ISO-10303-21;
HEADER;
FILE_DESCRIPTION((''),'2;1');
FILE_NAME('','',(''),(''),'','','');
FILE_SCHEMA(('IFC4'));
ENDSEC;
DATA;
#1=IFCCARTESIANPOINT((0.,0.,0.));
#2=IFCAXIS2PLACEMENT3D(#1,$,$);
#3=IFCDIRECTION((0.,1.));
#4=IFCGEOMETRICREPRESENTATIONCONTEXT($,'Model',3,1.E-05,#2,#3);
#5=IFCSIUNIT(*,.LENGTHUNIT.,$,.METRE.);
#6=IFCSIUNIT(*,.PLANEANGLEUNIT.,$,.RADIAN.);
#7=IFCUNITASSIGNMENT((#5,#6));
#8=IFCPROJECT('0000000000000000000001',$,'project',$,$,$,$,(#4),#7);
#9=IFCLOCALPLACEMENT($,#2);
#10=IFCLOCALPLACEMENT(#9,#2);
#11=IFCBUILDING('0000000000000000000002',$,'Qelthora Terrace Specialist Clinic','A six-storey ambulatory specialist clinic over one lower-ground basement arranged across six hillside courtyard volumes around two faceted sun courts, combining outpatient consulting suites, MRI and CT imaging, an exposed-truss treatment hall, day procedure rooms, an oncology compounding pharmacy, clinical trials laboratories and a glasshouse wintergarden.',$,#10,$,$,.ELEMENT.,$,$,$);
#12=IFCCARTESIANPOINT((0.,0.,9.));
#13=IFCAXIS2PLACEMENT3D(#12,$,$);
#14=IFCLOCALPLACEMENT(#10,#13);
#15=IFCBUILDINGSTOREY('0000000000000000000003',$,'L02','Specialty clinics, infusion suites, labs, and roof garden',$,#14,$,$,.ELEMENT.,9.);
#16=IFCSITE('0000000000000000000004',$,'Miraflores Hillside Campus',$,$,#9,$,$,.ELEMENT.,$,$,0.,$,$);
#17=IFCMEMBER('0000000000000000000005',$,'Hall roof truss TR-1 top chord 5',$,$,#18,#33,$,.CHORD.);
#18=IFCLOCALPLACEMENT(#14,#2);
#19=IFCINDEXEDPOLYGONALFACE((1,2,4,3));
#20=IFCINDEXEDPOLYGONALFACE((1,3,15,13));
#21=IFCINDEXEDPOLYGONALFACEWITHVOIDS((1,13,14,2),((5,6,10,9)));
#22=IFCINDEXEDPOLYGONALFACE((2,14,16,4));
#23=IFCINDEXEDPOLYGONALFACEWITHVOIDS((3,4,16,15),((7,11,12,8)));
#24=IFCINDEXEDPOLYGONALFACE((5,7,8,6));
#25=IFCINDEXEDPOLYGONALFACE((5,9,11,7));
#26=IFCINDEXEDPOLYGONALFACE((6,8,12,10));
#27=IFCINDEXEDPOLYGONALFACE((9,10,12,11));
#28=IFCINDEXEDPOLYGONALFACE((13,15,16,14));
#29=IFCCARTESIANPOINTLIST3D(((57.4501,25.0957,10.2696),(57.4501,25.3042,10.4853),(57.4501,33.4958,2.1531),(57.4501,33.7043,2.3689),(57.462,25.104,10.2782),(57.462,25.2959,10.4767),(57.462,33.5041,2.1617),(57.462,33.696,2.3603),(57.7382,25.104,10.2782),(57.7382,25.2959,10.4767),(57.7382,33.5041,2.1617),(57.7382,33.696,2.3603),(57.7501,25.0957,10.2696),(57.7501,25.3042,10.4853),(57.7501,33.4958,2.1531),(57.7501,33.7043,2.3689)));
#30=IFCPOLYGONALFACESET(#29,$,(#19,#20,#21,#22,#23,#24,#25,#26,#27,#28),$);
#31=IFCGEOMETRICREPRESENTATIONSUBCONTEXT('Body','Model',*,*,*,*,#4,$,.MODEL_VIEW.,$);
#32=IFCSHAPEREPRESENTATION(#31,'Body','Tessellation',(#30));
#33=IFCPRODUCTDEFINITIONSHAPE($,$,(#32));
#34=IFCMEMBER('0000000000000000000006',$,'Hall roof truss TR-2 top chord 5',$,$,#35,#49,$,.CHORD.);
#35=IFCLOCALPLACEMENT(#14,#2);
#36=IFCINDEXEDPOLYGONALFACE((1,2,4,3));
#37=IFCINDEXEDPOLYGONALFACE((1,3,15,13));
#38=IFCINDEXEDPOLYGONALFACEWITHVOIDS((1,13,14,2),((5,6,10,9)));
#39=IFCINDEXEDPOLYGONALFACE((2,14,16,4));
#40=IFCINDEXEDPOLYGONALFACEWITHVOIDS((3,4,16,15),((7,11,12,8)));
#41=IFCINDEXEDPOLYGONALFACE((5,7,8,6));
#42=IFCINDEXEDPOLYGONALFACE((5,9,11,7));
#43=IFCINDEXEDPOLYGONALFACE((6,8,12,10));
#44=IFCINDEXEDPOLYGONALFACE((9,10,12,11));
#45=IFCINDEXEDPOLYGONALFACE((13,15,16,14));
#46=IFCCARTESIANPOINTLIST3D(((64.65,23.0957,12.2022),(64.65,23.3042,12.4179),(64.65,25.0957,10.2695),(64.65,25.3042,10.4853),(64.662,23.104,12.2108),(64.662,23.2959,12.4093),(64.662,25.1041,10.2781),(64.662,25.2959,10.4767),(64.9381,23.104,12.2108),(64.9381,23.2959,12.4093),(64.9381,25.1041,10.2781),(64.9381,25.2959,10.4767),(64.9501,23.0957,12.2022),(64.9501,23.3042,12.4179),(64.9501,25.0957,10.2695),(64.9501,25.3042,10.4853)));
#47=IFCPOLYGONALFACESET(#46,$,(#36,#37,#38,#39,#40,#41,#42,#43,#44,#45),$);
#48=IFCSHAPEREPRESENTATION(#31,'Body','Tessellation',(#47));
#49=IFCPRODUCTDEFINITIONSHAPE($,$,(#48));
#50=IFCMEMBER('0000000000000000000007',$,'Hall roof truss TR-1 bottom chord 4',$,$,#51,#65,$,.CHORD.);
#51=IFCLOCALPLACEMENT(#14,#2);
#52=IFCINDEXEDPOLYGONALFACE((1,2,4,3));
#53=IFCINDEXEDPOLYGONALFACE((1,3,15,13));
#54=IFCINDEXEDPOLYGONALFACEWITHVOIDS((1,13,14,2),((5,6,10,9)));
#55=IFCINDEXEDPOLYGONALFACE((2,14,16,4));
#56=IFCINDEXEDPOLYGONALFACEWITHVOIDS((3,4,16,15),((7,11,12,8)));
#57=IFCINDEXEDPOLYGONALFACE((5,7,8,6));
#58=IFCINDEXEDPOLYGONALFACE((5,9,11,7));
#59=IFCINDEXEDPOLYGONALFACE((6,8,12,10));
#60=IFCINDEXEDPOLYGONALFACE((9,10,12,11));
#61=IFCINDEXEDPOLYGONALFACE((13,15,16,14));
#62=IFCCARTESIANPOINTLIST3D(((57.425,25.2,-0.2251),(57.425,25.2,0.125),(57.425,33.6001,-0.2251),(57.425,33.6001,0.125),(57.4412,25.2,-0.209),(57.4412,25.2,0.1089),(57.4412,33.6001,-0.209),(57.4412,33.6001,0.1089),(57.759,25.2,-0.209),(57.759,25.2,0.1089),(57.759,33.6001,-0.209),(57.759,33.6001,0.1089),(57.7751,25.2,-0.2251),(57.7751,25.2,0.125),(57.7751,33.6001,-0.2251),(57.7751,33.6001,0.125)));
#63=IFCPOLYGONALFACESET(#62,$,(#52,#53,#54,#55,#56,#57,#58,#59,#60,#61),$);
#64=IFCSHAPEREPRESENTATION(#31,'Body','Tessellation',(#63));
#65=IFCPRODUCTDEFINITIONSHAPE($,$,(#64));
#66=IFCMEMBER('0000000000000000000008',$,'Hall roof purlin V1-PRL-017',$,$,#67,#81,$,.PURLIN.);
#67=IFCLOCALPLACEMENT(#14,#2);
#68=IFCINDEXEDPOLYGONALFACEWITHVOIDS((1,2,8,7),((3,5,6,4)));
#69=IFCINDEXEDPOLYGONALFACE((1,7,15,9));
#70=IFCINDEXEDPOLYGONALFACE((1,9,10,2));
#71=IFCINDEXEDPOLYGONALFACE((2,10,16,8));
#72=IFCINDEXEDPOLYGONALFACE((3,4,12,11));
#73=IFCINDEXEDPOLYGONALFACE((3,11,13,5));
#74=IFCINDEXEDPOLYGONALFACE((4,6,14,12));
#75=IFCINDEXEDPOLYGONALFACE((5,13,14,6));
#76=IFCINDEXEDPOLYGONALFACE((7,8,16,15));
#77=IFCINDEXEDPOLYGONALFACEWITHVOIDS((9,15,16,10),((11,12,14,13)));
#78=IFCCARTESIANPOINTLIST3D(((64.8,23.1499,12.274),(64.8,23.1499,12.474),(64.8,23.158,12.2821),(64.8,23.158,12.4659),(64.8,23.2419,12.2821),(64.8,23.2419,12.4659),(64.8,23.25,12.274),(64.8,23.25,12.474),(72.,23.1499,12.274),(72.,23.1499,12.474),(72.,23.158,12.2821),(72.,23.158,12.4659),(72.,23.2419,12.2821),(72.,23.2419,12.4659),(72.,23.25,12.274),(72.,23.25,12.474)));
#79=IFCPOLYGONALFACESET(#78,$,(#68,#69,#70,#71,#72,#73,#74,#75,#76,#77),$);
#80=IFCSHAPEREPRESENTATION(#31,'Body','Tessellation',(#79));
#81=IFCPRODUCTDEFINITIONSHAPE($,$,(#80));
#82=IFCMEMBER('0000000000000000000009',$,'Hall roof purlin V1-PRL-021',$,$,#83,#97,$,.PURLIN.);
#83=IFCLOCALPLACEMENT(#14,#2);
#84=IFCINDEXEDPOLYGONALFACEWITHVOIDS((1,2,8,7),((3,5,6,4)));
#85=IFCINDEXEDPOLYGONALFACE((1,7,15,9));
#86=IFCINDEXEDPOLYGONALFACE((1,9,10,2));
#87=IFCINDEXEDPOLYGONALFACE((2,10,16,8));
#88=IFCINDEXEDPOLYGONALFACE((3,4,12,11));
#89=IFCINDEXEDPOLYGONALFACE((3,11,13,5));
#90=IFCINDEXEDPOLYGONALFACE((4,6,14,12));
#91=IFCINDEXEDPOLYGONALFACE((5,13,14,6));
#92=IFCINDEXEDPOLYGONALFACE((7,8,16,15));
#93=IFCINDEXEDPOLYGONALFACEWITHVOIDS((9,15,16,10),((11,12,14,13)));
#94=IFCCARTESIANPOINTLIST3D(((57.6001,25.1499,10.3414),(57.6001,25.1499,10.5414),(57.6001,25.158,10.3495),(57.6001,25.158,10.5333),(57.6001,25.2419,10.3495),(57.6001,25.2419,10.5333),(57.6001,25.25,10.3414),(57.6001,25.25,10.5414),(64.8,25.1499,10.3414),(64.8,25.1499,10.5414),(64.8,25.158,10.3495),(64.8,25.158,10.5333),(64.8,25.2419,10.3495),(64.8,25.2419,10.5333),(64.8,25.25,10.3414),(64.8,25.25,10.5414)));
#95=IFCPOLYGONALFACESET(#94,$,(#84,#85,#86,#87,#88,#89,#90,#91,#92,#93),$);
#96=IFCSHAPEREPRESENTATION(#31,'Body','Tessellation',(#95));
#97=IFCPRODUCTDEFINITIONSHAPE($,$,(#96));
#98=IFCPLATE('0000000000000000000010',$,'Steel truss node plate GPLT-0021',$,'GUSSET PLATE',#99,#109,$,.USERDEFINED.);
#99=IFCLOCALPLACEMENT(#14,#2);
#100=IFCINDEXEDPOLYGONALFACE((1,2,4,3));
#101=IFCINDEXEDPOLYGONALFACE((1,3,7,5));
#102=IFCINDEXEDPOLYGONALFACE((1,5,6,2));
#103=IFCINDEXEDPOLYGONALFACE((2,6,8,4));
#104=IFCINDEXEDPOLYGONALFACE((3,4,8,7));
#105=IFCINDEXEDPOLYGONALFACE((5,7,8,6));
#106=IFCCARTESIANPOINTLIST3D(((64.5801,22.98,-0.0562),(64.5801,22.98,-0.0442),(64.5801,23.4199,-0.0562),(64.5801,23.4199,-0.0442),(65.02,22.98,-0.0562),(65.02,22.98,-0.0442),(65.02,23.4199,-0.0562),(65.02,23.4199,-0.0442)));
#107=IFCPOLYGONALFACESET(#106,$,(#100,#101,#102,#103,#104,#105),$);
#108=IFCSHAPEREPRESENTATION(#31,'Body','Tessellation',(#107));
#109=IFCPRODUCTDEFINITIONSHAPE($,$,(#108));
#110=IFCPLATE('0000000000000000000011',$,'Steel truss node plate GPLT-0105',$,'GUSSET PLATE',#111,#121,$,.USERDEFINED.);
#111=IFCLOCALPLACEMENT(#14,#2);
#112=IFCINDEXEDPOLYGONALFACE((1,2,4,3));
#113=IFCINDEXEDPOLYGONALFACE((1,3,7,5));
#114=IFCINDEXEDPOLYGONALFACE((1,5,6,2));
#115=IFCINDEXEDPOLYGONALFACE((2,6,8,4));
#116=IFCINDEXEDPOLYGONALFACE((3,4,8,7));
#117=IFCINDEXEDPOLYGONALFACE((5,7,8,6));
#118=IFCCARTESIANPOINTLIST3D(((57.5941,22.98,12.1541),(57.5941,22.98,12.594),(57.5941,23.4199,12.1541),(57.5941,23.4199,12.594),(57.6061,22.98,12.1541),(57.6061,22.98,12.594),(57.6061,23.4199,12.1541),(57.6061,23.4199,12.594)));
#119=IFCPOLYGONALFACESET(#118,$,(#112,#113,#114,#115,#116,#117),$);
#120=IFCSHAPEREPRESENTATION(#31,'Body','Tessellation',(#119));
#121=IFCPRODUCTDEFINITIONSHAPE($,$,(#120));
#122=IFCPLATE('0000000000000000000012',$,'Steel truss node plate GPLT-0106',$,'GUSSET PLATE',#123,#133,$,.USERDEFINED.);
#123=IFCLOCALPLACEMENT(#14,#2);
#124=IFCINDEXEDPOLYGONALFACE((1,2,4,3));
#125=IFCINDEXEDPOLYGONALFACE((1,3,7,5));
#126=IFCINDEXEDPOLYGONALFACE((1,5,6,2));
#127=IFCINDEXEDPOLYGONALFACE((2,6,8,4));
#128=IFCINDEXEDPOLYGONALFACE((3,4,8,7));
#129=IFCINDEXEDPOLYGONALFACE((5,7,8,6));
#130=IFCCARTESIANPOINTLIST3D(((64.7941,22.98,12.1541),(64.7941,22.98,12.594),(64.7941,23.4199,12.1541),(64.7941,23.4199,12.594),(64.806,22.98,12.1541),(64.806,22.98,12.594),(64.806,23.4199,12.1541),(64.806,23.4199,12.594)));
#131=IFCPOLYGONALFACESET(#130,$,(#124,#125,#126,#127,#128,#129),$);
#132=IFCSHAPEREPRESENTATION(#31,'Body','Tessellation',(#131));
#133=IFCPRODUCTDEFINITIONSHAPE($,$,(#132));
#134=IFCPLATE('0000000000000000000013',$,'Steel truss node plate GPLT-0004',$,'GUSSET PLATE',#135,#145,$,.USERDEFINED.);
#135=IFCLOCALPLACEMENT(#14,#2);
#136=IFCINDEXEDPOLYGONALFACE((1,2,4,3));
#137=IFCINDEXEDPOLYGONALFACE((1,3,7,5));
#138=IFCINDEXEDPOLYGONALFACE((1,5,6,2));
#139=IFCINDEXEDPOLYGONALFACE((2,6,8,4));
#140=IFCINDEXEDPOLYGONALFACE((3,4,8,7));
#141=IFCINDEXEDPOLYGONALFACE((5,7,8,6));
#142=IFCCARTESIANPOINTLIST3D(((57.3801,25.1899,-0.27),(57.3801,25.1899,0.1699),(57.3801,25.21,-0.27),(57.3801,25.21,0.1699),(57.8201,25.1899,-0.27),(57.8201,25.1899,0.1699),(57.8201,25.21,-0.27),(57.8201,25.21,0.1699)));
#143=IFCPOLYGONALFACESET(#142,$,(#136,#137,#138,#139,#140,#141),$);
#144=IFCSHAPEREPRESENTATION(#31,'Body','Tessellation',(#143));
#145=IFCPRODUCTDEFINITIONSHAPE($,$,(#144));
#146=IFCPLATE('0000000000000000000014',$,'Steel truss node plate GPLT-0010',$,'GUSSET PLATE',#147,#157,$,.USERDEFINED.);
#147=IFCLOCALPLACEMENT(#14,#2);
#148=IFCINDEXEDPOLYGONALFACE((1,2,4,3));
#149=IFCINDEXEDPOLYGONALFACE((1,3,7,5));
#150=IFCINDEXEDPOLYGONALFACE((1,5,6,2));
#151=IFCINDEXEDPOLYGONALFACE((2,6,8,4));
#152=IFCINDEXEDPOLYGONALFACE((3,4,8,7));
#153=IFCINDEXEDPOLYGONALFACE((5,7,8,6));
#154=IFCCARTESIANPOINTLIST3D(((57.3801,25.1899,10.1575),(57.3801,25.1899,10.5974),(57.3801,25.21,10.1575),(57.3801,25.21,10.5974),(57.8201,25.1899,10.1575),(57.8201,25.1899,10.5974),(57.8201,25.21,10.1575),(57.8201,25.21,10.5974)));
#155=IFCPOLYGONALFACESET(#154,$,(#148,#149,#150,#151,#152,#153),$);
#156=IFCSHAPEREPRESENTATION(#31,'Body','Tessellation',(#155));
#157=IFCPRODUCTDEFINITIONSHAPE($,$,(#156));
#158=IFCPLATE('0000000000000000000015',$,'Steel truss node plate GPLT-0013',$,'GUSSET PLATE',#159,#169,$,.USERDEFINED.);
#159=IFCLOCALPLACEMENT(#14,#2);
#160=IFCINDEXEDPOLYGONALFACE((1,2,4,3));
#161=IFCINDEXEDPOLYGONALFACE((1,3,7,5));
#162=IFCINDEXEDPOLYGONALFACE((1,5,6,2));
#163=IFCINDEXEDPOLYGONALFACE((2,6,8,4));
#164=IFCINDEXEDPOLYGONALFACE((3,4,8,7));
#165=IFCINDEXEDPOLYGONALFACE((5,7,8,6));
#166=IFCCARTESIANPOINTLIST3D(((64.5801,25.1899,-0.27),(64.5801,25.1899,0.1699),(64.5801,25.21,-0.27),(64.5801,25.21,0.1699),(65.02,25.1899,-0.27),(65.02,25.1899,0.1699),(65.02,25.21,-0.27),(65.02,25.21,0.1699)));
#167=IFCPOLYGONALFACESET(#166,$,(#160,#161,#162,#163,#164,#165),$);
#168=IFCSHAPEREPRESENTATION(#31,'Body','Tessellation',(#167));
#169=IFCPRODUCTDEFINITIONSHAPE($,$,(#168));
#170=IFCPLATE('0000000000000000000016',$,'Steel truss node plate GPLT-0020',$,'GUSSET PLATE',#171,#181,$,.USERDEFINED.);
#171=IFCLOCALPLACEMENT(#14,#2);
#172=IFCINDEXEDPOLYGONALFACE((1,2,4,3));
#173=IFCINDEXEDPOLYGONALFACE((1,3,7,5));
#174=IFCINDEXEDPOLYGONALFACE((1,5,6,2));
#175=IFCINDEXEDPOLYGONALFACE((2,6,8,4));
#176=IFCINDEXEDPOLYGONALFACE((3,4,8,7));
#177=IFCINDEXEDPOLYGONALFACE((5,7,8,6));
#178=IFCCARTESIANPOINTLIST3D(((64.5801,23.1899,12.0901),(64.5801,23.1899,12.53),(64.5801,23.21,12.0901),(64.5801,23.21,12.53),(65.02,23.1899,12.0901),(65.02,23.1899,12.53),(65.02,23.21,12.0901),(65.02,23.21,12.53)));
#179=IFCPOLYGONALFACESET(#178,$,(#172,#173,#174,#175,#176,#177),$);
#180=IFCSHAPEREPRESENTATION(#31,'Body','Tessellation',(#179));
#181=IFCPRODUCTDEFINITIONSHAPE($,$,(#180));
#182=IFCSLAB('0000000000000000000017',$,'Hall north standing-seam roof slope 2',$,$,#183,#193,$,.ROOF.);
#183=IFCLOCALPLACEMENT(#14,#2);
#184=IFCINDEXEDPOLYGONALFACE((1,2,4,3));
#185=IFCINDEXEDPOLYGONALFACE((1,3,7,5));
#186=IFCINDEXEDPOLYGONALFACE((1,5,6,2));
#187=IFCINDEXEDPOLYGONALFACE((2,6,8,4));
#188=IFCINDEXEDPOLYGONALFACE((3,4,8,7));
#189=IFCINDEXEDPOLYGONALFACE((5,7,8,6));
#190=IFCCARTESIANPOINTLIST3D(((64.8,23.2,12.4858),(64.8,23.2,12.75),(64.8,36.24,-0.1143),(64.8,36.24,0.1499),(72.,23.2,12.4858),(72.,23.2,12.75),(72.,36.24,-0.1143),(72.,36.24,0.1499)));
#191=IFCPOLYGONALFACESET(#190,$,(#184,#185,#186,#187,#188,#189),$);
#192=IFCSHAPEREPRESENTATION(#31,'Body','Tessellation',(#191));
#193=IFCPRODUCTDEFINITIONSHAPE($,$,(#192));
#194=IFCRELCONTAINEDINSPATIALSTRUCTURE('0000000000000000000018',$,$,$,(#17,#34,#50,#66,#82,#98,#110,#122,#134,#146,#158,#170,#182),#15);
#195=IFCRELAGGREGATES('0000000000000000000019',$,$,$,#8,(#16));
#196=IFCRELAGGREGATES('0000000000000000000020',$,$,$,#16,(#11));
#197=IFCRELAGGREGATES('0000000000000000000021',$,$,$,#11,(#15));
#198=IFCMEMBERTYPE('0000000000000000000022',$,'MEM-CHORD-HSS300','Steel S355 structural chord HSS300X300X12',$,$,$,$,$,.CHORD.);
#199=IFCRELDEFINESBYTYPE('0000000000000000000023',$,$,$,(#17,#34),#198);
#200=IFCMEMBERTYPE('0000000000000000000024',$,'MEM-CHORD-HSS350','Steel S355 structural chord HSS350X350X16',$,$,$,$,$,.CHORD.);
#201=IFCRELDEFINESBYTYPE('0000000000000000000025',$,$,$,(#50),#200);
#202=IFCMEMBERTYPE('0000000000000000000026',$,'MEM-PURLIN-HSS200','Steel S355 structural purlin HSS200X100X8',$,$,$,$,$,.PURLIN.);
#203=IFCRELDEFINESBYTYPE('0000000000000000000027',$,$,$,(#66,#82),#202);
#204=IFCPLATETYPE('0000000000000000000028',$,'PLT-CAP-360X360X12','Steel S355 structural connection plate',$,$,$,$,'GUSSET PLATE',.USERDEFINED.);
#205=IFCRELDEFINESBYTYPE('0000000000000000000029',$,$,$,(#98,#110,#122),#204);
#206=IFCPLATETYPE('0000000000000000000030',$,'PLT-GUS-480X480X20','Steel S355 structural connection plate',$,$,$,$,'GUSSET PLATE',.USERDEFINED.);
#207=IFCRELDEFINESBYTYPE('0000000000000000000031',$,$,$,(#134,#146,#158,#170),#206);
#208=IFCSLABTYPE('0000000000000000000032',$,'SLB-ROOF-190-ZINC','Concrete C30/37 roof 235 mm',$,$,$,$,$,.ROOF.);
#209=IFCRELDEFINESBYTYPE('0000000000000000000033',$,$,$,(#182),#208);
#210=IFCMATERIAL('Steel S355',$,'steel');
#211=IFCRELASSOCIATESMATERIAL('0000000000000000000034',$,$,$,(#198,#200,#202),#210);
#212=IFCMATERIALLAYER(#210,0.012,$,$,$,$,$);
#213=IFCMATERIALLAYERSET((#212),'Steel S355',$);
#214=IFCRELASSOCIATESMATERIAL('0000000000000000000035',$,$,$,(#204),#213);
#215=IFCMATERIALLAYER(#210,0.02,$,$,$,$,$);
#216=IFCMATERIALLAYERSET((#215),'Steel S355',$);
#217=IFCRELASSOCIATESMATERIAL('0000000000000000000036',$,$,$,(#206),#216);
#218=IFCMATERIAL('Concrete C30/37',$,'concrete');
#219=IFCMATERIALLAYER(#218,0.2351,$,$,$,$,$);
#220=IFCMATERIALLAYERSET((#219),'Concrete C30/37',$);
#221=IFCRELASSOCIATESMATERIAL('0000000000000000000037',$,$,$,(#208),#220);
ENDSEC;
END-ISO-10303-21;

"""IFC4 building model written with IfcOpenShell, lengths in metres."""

from ifc_helpers import new_model, si_unit, direction, frame, origin, origin_2d, place, context, subcontext, project, spatial, polyline, rectangle, hollow_rectangle, outline, extrude, material, layer, layer_set, material_profile, profile_set, type_object, element, save


model = new_model("IFC4")

# Units and contexts
model_context = context("Model", 3, precision=1e-05, world=origin(), true_north=direction((0.0, 1.0)))
body_context = subcontext(model_context, "Body", "Model", "MODEL_VIEW")
ifc_project = project(units=[si_unit("LENGTHUNIT", "METRE"), si_unit("PLANEANGLEUNIT", "RADIAN")], contexts=[model_context])

# Site, building, storey
site_placement = place(None, origin())
site = spatial("IfcSite", under=ifc_project, at=site_placement, Name="Miraflores Hillside Campus", CompositionType="ELEMENT", RefElevation=0.0)
building_placement = place(site_placement, origin())
building = spatial("IfcBuilding", under=site, at=building_placement, Name="Qelthora Terrace Specialist Clinic", Description="A six-storey ambulatory specialist clinic over one lower-ground basement arranged across six hillside courtyard volumes around two faceted sun courts, combining outpatient consulting suites, MRI and CT imaging, an exposed-truss treatment hall, day procedure rooms, an oncology compounding pharmacy, clinical trials laboratories and a glasshouse wintergarden.", CompositionType="ELEMENT")
storey_placement = place(building_placement, frame((0.0, 0.0, 9.0)))
storey = spatial("IfcBuildingStorey", under=building, at=storey_placement, Name="L02", Description="Specialty clinics, infusion suites, labs, and roof garden", CompositionType="ELEMENT", Elevation=9.0)

# Shared definitions
ifc_material_1 = material(Name="Steel S355", Category="steel")

# Members
ifc_material_profile_1 = material_profile(ifc_material_1, hollow_rectangle(XDim=0.3, YDim=0.3, WallThickness=0.012, at=origin_2d()), Name="HSS300X300X12")
ifc_profile_set_1 = profile_set([ifc_material_profile_1], Name="Steel S355")
member_type_1 = type_object("IfcMemberType", Name="MEM-CHORD-HSS300", Description="Steel S355 structural chord HSS300X300X12", PredefinedType="CHORD", material=ifc_profile_set_1)
member_1_placement = place(storey_placement, frame((57.6001, 25.2, 10.3774), z_axis=(0.0, 0.719146, -0.694859), x_axis=(-1.0, 0.0, 0.0)))
element("IfcMember", 1, at=member_1_placement, inside=storey, type_object=member_type_1, Name="Hall roof truss TR-1 top chord 5", PredefinedType="CHORD", context=body_context, shape_type="SweptSolid", body=[
    extrude(hollow_rectangle(XDim=0.3, YDim=0.3, WallThickness=0.012, at=origin_2d()), origin(), (0.0, 0.0, 1.0), 11.6807),
])
member_2_placement = place(storey_placement, frame((64.8, 23.2, 12.3101), z_axis=(0.0, 0.719117, -0.694889), x_axis=(-1.0, 0.0, 0.0)))
element("IfcMember", 2, at=member_2_placement, inside=storey, type_object=member_type_1, Name="Hall roof truss TR-2 top chord 5", PredefinedType="CHORD", context=body_context, shape_type="SweptSolid", body=[
    extrude(hollow_rectangle(XDim=0.3, YDim=0.3, WallThickness=0.012, at=origin_2d()), origin(), (0.0, 0.0, 1.0), 2.7812),
])
ifc_material_profile_2 = material_profile(ifc_material_1, hollow_rectangle(XDim=0.3501, YDim=0.3501, WallThickness=0.0161, at=origin_2d()), Name="HSS350X350X16")
ifc_profile_set_2 = profile_set([ifc_material_profile_2], Name="Steel S355")
member_type_2 = type_object("IfcMemberType", Name="MEM-CHORD-HSS350", Description="Steel S355 structural chord HSS350X350X16", PredefinedType="CHORD", material=ifc_profile_set_2)
member_3_placement = place(storey_placement, frame((57.6001, 25.2, -0.05), z_axis=(0.0, 1.0, 0.0), x_axis=(-1.0, 0.0, 0.0)))
element("IfcMember", 3, at=member_3_placement, inside=storey, type_object=member_type_2, Name="Hall roof truss TR-1 bottom chord 4", PredefinedType="CHORD", context=body_context, shape_type="SweptSolid", body=[
    extrude(hollow_rectangle(XDim=0.3501, YDim=0.3501, WallThickness=0.0161, at=origin_2d()), origin(), (0.0, 0.0, 1.0), 8.4001),
])
ifc_material_profile_3 = material_profile(ifc_material_1, hollow_rectangle(XDim=0.1001, YDim=0.2, WallThickness=0.0081, at=origin_2d()), Name="HSS200X100X8")
ifc_profile_set_3 = profile_set([ifc_material_profile_3], Name="Steel S355")
member_type_3 = type_object("IfcMemberType", Name="MEM-PURLIN-HSS200", Description="Steel S355 structural purlin HSS200X100X8", PredefinedType="PURLIN", material=ifc_profile_set_3)
for number, where, z_axis, x_axis, name in (
    (4, (64.8, 23.2, 12.374), (1.0, 0.0, 0.0), (0.0, 1.0, 0.0), "Hall roof purlin V1-PRL-017"),
    (5, (57.6001, 25.2, 10.4414), (1.0, 0.0, 0.0), (0.0, 1.0, 0.0), "Hall roof purlin V1-PRL-021"),
):
    element("IfcMember", number, at=place(storey_placement, frame(where, z_axis=z_axis, x_axis=x_axis)), inside=storey, type_object=member_type_3, Name=name, PredefinedType="PURLIN", context=body_context, shape_type="SweptSolid", body=[
        extrude(hollow_rectangle(XDim=0.1001, YDim=0.2, WallThickness=0.0081, at=origin_2d()), origin(), (0.0, 0.0, 1.0), 7.2),
    ])

# Plates
ifc_layer_1 = layer(ifc_material_1, 0.012)
ifc_layer_set_1 = layer_set([ifc_layer_1], Name="Steel S355")
plate_type_1 = type_object("IfcPlateType", Name="PLT-CAP-360X360X12", Description="Steel S355 structural connection plate", ElementType="GUSSET PLATE", PredefinedType="USERDEFINED", material=ifc_layer_set_1)
plate_placement = place(storey_placement, frame((64.8, 23.2, -0.0562), z_axis=(0.0, 0.0, 1.0), x_axis=(1.0, 0.0, 0.0)))
element("IfcPlate", 6, at=plate_placement, inside=storey, type_object=plate_type_1, Name="Steel truss node plate GPLT-0021", ObjectType="GUSSET PLATE", PredefinedType="USERDEFINED", context=body_context, shape_type="SweptSolid", body=[
    extrude(rectangle(XDim=0.4399, YDim=0.4399, at=origin_2d()), origin(), (0.0, 0.0, 1.0), 0.012),
])
for number, where, z_axis, x_axis, name in (
    (7, (57.6001, 23.2, 12.1541), (0.0, 0.0, 1.0), (1.0, 0.0, 0.0), "Steel truss node plate GPLT-0105"),
    (8, (64.8, 23.2, 12.1541), (0.0, 0.0, 1.0), (1.0, 0.0, 0.0), "Steel truss node plate GPLT-0106"),
):
    element("IfcPlate", number, at=place(storey_placement, frame(where, z_axis=z_axis, x_axis=x_axis)), inside=storey, type_object=plate_type_1, Name=name, ObjectType="GUSSET PLATE", PredefinedType="USERDEFINED", context=body_context, shape_type="SweptSolid", body=[
        extrude(rectangle(XDim=0.012, YDim=0.4399, at=origin_2d()), origin(), (0.0, 0.0, 1.0), 0.4399),
    ])
ifc_layer_2 = layer(ifc_material_1, 0.02)
ifc_layer_set_2 = layer_set([ifc_layer_2], Name="Steel S355")
plate_type_2 = type_object("IfcPlateType", Name="PLT-GUS-480X480X20", Description="Steel S355 structural connection plate", ElementType="GUSSET PLATE", PredefinedType="USERDEFINED", material=ifc_layer_set_2)
for number, where, z_axis, x_axis, name in (
    (9, (57.6001, 25.2, -0.27), (0.0, 0.0, 1.0), (1.0, 0.0, 0.0), "Steel truss node plate GPLT-0004"),
    (10, (57.6001, 25.2, 10.1575), (0.0, 0.0, 1.0), (1.0, 0.0, 0.0), "Steel truss node plate GPLT-0010"),
    (11, (64.8, 25.2, -0.27), (0.0, 0.0, 1.0), (1.0, 0.0, 0.0), "Steel truss node plate GPLT-0013"),
    (12, (64.8, 23.2, 12.0901), (0.0, 0.0, 1.0), (1.0, 0.0, 0.0), "Steel truss node plate GPLT-0020"),
):
    element("IfcPlate", number, at=place(storey_placement, frame(where, z_axis=z_axis, x_axis=x_axis)), inside=storey, type_object=plate_type_2, Name=name, ObjectType="GUSSET PLATE", PredefinedType="USERDEFINED", context=body_context, shape_type="SweptSolid", body=[
        extrude(rectangle(XDim=0.4399, YDim=0.02, at=origin_2d()), origin(), (0.0, 0.0, 1.0), 0.4399),
    ])

# Slab
ifc_material_2 = material(Name="Concrete C30/37", Category="concrete")
ifc_layer_3 = layer(ifc_material_2, 0.2351)
ifc_layer_set_3 = layer_set([ifc_layer_3], Name="Concrete C30/37")
slab_type = type_object("IfcSlabType", Name="SLB-ROOF-190-ZINC", Description="Concrete C30/37 roof 235 mm", PredefinedType="ROOF", material=ifc_layer_set_3)
slab_placement = place(storey_placement, frame((64.8, 23.2, 12.4858), z_axis=(0.0, 0.694872, 0.719134), x_axis=(1.0, 0.0, 0.0)))
element("IfcSlab", 13, at=slab_placement, inside=storey, type_object=slab_type, Name="Hall north standing-seam roof slope 2", PredefinedType="ROOF", context=body_context, shape_type="SweptSolid", body=[
    extrude(outline(polyline([(0.0, 0.0), (7.2, 0.0), (7.2, 18.133), (0.0, 18.133), (0.0, 0.0)])), origin(), (0.0, -0.694872, 0.719134), 0.2642),
])

save(model, "model.ifc")
